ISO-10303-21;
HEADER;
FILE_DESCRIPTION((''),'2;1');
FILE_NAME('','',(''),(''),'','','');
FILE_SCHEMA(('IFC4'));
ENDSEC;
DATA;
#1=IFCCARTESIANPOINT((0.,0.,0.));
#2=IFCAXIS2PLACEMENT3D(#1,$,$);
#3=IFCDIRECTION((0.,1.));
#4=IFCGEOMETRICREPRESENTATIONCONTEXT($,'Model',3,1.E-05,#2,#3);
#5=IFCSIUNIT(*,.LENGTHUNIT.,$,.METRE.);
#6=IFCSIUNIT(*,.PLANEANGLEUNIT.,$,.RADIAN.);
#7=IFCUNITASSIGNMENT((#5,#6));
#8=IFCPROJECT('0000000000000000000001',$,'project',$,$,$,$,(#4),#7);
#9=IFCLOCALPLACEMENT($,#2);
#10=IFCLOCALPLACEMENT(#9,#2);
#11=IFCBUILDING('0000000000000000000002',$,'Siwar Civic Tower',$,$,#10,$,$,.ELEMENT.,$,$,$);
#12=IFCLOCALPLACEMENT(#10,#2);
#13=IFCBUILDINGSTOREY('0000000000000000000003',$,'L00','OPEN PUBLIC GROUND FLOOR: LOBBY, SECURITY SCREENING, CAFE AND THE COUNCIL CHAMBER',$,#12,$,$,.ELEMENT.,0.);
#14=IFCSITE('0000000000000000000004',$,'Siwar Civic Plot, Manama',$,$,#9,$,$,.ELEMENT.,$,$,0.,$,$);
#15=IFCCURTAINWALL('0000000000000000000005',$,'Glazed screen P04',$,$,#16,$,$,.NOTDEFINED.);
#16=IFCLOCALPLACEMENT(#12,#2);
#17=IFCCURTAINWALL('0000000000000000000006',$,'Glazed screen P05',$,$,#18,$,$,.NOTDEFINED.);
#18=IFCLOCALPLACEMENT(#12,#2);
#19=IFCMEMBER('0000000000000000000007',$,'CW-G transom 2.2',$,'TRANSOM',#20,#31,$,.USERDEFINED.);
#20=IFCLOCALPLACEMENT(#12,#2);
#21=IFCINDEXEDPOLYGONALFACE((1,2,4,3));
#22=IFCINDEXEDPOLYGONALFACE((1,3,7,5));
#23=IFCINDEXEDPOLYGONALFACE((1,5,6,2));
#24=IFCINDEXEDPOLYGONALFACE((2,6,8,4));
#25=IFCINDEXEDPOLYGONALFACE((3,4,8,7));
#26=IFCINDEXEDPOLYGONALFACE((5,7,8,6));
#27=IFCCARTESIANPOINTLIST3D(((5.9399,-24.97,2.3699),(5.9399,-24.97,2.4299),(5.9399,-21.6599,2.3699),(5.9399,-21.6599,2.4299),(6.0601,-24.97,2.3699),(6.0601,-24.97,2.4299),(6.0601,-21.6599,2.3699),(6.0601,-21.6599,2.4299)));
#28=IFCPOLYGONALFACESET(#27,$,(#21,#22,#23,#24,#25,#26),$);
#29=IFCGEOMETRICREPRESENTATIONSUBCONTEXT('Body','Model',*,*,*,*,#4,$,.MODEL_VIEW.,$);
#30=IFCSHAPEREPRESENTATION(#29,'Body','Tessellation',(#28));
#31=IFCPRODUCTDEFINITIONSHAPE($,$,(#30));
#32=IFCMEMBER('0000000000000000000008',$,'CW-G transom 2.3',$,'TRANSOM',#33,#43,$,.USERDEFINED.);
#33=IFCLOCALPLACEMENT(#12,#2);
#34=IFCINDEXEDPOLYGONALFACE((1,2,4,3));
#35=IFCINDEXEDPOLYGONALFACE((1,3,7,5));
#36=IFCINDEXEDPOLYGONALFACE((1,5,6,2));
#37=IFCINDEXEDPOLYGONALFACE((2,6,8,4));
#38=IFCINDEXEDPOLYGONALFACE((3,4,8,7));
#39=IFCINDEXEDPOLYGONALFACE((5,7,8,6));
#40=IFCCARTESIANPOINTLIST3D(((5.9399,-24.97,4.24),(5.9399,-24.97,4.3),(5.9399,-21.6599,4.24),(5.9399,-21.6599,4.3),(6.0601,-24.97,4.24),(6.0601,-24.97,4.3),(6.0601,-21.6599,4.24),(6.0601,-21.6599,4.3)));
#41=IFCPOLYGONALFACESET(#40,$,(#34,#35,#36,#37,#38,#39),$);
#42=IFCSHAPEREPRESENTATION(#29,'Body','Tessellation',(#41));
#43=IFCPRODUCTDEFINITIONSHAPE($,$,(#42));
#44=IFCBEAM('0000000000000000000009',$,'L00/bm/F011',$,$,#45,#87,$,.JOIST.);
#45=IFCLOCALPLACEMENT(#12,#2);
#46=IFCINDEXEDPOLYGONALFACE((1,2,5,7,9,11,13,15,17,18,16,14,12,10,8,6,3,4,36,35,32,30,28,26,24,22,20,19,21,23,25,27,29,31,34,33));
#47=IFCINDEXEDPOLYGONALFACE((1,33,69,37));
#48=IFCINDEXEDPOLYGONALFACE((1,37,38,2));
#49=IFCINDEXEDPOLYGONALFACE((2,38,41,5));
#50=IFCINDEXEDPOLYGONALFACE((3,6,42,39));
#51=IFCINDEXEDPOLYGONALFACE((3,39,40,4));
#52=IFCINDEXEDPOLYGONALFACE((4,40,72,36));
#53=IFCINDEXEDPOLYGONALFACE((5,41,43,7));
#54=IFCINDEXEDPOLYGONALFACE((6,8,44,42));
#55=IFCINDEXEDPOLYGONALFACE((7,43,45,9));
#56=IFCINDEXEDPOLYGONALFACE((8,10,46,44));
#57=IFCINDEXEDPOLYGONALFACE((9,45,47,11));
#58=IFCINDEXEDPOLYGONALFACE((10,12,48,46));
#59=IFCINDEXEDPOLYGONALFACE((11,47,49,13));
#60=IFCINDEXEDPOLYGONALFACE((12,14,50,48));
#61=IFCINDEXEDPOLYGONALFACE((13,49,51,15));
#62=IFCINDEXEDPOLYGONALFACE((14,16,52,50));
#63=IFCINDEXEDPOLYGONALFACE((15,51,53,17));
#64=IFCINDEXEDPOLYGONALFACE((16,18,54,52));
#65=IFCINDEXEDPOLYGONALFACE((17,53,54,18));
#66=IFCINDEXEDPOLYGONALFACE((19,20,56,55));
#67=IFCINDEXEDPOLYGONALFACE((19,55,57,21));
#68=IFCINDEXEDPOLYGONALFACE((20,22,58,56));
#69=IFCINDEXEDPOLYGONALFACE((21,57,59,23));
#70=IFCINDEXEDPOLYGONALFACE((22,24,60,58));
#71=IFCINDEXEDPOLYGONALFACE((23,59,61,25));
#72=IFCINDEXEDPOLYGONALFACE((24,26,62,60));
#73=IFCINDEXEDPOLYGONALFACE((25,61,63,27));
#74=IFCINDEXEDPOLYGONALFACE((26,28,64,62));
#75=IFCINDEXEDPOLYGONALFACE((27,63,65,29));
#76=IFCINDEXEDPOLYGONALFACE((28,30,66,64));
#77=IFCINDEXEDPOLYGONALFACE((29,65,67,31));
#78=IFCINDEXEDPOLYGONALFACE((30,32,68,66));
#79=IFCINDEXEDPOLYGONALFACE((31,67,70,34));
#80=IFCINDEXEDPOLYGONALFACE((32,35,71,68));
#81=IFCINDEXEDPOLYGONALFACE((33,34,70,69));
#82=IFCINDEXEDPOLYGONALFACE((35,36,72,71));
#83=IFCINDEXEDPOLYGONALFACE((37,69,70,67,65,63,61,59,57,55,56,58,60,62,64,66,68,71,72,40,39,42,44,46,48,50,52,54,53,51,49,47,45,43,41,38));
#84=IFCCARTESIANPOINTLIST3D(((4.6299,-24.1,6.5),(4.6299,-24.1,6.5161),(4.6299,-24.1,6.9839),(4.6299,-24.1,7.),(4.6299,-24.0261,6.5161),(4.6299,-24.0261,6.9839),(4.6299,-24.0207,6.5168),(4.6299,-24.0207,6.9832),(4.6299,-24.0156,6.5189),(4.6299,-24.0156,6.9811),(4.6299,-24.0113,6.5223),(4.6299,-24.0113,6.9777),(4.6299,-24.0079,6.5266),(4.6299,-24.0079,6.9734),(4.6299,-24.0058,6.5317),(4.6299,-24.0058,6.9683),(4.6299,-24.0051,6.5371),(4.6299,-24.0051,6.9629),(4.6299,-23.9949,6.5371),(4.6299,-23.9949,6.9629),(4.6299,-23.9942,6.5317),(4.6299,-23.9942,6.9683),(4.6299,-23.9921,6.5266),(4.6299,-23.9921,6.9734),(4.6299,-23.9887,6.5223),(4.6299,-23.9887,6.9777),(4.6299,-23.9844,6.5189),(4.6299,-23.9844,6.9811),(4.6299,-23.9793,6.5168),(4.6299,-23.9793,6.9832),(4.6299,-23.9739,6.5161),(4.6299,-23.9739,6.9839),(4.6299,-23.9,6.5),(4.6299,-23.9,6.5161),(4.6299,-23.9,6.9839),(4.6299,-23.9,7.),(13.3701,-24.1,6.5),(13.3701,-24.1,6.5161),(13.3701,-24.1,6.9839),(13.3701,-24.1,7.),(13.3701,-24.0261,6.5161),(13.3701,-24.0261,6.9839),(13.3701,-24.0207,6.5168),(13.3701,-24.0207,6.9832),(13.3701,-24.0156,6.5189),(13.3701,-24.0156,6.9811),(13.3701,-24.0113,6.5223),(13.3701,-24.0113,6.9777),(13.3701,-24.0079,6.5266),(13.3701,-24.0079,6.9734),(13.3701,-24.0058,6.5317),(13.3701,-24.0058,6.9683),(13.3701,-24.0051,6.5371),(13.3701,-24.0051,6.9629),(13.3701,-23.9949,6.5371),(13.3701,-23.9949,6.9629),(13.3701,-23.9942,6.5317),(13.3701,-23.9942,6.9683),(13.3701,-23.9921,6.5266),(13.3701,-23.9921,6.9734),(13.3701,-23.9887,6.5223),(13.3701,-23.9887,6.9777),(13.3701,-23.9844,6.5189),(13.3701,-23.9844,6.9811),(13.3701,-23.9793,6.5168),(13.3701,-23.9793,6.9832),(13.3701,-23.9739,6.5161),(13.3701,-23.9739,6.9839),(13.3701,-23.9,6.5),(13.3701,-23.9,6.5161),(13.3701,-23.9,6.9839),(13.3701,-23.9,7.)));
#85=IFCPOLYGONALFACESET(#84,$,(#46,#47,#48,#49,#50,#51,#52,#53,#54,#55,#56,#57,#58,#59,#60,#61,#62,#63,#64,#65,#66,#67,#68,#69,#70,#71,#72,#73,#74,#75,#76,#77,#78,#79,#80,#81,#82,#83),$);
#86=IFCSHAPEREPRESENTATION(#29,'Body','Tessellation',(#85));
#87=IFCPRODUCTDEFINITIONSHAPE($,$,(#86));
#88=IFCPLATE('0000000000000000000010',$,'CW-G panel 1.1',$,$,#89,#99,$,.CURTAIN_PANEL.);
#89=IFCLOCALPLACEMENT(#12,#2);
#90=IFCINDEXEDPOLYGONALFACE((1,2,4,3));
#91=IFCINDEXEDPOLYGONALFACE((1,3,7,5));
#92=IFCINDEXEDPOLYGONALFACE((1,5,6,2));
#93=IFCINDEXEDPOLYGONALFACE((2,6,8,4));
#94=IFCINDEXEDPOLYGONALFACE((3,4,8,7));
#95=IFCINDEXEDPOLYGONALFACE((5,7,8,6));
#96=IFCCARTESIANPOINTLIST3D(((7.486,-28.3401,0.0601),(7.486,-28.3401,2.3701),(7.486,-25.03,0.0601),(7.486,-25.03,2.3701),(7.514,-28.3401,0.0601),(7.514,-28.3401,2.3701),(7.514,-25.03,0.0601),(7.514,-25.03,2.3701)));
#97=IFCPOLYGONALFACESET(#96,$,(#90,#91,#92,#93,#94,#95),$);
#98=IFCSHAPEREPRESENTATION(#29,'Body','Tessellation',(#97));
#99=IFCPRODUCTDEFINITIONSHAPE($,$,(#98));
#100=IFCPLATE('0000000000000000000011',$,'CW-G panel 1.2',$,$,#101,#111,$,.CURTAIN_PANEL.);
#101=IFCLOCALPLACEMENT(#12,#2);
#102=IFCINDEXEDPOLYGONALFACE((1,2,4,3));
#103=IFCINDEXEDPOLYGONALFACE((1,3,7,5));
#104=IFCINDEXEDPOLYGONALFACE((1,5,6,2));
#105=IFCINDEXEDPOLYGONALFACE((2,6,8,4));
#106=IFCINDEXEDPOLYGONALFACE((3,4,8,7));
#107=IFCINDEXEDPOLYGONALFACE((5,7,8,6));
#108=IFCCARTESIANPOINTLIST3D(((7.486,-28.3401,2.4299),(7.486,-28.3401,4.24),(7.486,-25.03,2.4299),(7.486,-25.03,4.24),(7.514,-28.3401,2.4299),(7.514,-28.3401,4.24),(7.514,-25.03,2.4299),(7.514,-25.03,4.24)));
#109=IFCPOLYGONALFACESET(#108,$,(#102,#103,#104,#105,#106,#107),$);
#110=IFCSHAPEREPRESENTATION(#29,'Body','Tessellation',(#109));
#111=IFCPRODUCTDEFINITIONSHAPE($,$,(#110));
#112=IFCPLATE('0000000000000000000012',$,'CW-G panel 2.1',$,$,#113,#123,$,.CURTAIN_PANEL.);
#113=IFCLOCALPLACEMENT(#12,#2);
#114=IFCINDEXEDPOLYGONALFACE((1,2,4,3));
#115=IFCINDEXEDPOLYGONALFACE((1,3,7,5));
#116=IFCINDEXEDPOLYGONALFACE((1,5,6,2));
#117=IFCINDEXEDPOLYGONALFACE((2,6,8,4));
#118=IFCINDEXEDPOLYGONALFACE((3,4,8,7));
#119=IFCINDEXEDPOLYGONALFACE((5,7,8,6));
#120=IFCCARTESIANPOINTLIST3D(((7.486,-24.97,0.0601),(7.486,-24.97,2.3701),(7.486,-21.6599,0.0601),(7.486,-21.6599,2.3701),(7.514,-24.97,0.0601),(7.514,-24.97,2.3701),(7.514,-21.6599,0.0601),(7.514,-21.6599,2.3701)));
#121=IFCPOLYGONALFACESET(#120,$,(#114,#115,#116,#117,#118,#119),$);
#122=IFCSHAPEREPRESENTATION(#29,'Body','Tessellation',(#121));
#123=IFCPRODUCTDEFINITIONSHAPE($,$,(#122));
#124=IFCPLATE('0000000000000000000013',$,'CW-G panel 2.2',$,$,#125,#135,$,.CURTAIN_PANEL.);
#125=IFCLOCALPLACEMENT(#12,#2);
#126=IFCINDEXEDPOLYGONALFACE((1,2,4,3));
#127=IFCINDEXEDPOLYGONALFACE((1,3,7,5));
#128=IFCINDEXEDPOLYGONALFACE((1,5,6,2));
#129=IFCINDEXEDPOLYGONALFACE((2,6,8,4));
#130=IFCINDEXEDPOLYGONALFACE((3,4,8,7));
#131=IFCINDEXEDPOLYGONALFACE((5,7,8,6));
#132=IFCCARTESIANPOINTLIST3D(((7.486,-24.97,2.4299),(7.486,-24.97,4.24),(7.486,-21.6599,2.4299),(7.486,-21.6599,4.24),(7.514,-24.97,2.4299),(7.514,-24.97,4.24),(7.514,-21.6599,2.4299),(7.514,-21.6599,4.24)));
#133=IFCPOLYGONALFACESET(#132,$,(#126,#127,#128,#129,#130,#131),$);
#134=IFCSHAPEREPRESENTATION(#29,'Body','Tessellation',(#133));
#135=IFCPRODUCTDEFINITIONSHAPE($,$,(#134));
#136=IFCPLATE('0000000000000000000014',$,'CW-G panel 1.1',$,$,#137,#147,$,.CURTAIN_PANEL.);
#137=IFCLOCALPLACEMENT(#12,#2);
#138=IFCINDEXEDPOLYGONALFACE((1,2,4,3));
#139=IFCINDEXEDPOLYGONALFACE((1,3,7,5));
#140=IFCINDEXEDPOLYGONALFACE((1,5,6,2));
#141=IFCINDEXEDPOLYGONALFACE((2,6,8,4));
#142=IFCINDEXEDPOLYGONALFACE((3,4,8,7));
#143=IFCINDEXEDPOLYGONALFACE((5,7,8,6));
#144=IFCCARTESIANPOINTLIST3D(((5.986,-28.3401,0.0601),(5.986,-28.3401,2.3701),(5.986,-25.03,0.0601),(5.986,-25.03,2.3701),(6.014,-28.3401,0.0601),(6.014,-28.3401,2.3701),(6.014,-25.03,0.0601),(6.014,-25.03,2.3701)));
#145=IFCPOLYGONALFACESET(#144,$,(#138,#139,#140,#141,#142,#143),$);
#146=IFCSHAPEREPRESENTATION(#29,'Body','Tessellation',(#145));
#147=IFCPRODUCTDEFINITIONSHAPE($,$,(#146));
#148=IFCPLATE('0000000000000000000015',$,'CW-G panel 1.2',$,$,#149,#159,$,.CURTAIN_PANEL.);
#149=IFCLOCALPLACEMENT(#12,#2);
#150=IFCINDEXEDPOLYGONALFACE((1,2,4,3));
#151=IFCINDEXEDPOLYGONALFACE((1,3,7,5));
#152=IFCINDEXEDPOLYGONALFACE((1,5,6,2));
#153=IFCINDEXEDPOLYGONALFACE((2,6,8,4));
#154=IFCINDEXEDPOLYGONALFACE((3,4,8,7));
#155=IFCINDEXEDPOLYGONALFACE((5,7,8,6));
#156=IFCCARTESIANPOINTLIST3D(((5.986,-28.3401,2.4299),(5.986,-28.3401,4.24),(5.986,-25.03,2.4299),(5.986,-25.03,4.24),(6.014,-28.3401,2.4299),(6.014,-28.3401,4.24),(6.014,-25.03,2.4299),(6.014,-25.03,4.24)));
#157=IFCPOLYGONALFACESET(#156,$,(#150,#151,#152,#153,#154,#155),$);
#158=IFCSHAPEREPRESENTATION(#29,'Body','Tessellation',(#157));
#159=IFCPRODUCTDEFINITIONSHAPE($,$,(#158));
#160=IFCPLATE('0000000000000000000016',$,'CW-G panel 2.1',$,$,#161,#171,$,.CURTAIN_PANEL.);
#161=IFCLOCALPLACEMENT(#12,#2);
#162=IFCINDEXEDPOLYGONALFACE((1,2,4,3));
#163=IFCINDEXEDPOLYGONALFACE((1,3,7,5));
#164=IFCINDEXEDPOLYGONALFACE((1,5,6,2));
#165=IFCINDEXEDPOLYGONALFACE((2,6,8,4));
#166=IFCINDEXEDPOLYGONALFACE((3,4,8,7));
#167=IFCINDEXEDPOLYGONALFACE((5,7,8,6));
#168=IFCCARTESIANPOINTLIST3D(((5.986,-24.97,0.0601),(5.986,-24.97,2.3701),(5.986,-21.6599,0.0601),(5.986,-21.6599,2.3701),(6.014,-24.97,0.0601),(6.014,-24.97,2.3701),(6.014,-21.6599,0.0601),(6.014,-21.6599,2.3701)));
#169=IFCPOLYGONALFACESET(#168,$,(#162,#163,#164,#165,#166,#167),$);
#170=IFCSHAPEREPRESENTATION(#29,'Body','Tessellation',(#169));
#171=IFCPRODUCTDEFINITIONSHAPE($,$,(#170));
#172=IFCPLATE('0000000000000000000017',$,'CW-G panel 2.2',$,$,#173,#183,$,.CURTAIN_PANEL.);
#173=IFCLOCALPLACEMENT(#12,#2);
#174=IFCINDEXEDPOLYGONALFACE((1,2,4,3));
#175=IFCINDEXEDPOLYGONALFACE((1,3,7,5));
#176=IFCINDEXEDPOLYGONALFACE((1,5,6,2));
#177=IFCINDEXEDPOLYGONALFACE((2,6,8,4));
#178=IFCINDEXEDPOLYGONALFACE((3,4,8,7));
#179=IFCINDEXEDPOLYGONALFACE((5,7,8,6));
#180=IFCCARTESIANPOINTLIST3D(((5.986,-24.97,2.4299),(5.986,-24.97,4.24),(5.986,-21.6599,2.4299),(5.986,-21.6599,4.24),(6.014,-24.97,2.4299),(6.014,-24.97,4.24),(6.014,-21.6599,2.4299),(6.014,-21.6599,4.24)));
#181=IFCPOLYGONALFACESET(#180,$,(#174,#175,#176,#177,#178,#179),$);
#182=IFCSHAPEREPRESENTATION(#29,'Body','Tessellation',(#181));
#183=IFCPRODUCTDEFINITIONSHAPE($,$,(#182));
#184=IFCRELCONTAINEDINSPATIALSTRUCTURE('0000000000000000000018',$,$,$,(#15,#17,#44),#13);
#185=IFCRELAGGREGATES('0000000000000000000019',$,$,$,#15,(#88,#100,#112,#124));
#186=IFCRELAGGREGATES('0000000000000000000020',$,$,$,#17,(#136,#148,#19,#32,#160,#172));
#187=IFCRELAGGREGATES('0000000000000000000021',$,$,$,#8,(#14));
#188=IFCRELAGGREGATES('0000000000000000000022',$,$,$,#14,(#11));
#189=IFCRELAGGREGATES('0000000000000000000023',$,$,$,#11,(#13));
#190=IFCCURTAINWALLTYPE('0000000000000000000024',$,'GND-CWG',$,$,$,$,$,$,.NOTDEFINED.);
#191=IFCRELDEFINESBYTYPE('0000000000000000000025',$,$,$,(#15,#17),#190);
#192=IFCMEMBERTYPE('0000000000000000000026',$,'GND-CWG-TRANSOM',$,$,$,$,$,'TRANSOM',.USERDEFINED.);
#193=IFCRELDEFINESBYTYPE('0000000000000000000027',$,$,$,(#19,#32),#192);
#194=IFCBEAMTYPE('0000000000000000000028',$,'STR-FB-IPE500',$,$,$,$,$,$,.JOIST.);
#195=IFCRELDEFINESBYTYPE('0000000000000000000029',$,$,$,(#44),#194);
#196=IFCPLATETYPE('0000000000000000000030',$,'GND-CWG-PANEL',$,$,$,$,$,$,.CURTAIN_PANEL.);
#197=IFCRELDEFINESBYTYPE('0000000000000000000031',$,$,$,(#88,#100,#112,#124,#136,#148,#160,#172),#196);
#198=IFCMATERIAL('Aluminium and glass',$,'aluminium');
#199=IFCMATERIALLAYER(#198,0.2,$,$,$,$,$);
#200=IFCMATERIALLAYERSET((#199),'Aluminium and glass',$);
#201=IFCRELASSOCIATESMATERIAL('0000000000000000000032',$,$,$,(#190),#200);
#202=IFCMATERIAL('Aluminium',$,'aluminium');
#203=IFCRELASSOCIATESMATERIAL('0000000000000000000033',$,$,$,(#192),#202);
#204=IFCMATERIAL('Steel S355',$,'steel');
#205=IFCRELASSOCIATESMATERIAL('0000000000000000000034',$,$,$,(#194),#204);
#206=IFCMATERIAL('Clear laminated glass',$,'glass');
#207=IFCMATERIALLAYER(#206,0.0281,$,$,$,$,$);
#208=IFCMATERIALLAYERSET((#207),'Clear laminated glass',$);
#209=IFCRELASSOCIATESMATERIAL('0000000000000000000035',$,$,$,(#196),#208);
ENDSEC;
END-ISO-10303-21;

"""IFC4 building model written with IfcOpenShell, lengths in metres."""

from ifc_helpers import new_model, si_unit, direction, frame, origin, origin_2d, place, context, subcontext, project, spatial, rectangle, i_section, extrude, material, layer, layer_set, material_profile, profile_set, type_object, element, aggregate, save


model = new_model("IFC4")

# Units and contexts
model_context = context("Model", 3, precision=1e-05, world=origin(), true_north=direction((0.0, 1.0)))
body_context = subcontext(model_context, "Body", "Model", "MODEL_VIEW")
ifc_project = project(units=[si_unit("LENGTHUNIT", "METRE"), si_unit("PLANEANGLEUNIT", "RADIAN")], contexts=[model_context])

# Site, building, storey
site_placement = place(None, origin())
site = spatial("IfcSite", under=ifc_project, at=site_placement, Name="Siwar Civic Plot, Manama", CompositionType="ELEMENT", RefElevation=0.0)
building_placement = place(site_placement, origin())
building = spatial("IfcBuilding", under=site, at=building_placement, Name="Siwar Civic Tower", CompositionType="ELEMENT")
storey_placement = place(building_placement, origin())
storey = spatial("IfcBuildingStorey", under=building, at=storey_placement, Name="L00", Description="OPEN PUBLIC GROUND FLOOR: LOBBY, SECURITY SCREENING, CAFE AND THE COUNCIL CHAMBER", CompositionType="ELEMENT", Elevation=0.0)

# Curtain walls
ifc_material_1 = material(Name="Aluminium and glass", Category="aluminium")
ifc_layer_1 = layer(ifc_material_1, 0.2)
ifc_layer_set_1 = layer_set([ifc_layer_1], Name="Aluminium and glass")
curtain_wall_type = type_object("IfcCurtainWallType", Name="GND-CWG", PredefinedType="NOTDEFINED", material=ifc_layer_set_1)
curtain_wall_1_placement = place(storey_placement, origin())
curtain_wall_1 = element("IfcCurtainWall", 1, at=curtain_wall_1_placement, inside=storey, type_object=curtain_wall_type, Name="Glazed screen P04", PredefinedType="NOTDEFINED")
curtain_wall_2_placement = place(storey_placement, origin())
curtain_wall_2 = element("IfcCurtainWall", 2, at=curtain_wall_2_placement, inside=storey, type_object=curtain_wall_type, Name="Glazed screen P05", PredefinedType="NOTDEFINED")

# Shared definitions
ifc_material_2 = material(Name="Aluminium", Category="aluminium")
ifc_material_profile_1 = material_profile(ifc_material_2, rectangle(XDim=0.1201, YDim=0.0601, at=origin_2d()), Name="AL 120x60")
ifc_profile_set_1 = profile_set([ifc_material_profile_1], Name="Aluminium")
member_type_1 = type_object("IfcMemberType", Name="GND-CWG-TRANSOM", ElementType="TRANSOM", PredefinedType="USERDEFINED", material=ifc_profile_set_1)

# Members
member_1_placement = place(storey_placement, frame((6.0, -24.97, 2.3999), z_axis=(0.0, 1.0, 0.0), x_axis=(-1.0, 0.0, 0.0)))
member_1 = element("IfcMember", 3, at=member_1_placement, type_object=member_type_1, Name="CW-G transom 2.2", ObjectType="TRANSOM", PredefinedType="USERDEFINED", context=body_context, shape_type="SweptSolid", body=[
    extrude(rectangle(XDim=0.1201, YDim=0.0601, at=origin_2d()), origin(), (0.0, 0.0, 1.0), 3.3101),
])
member_2_placement = place(storey_placement, frame((6.0, -24.97, 4.27), z_axis=(0.0, 1.0, 0.0), x_axis=(-1.0, 0.0, 0.0)))
member_2 = element("IfcMember", 4, at=member_2_placement, type_object=member_type_1, Name="CW-G transom 2.3", ObjectType="TRANSOM", PredefinedType="USERDEFINED", context=body_context, shape_type="SweptSolid", body=[
    extrude(rectangle(XDim=0.1201, YDim=0.0601, at=origin_2d()), origin(), (0.0, 0.0, 1.0), 3.3101),
])

# Beam
ifc_material_3 = material(Name="Steel S355", Category="steel")
ifc_material_profile_2 = material_profile(ifc_material_3, i_section(OverallWidth=0.2, OverallDepth=0.5, WebThickness=0.0103, FlangeThickness=0.0161, FilletRadius=0.021, at=origin_2d()), Name="IPE500")
ifc_profile_set_2 = profile_set([ifc_material_profile_2], Name="Steel S355")
beam_type = type_object("IfcBeamType", Name="STR-FB-IPE500", PredefinedType="JOIST", material=ifc_profile_set_2)
beam_placement = place(storey_placement, frame((4.6299, -24.0, 6.75), z_axis=(1.0, 0.0, 0.0), x_axis=(0.0, 1.0, 0.0)))
element("IfcBeam", 5, at=beam_placement, inside=storey, type_object=beam_type, Name="L00/bm/F011", PredefinedType="JOIST", context=body_context, shape_type="SweptSolid", body=[
    extrude(i_section(OverallWidth=0.2, OverallDepth=0.5, WebThickness=0.0103, FlangeThickness=0.0161, FilletRadius=0.021, at=origin_2d()), origin(), (0.0, 0.0, 1.0), 8.7402),
])

# Plates
ifc_material_4 = material(Name="Clear laminated glass", Category="glass")
ifc_layer_2 = layer(ifc_material_4, 0.0281)
ifc_layer_set_2 = layer_set([ifc_layer_2], Name="Clear laminated glass")
plate_type = type_object("IfcPlateType", Name="GND-CWG-PANEL", PredefinedType="CURTAIN_PANEL", material=ifc_layer_set_2)
plate_1_placement = place(storey_placement, frame((7.5, -26.6851, 0.0601), z_axis=(0.0, 0.0, 1.0), x_axis=(0.0, 1.0, 0.0)))
plate_1 = element("IfcPlate", 6, at=plate_1_placement, type_object=plate_type, Name="CW-G panel 1.1", PredefinedType="CURTAIN_PANEL", context=body_context, shape_type="SweptSolid", body=[
    extrude(rectangle(XDim=3.3101, YDim=0.0281, at=origin_2d()), origin(), (0.0, 0.0, 1.0), 2.3101),
])
plate_2_placement = place(storey_placement, frame((7.5, -26.6851, 2.4299), z_axis=(0.0, 0.0, 1.0), x_axis=(0.0, 1.0, 0.0)))
plate_2 = element("IfcPlate", 7, at=plate_2_placement, type_object=plate_type, Name="CW-G panel 1.2", PredefinedType="CURTAIN_PANEL", context=body_context, shape_type="SweptSolid", body=[
    extrude(rectangle(XDim=3.3101, YDim=0.0281, at=origin_2d()), origin(), (0.0, 0.0, 1.0), 1.8101),
])
plate_3_placement = place(storey_placement, frame((7.5, -23.3149, 0.0601), z_axis=(0.0, 0.0, 1.0), x_axis=(0.0, 1.0, 0.0)))
plate_3 = element("IfcPlate", 8, at=plate_3_placement, type_object=plate_type, Name="CW-G panel 2.1", PredefinedType="CURTAIN_PANEL", context=body_context, shape_type="SweptSolid", body=[
    extrude(rectangle(XDim=3.3101, YDim=0.0281, at=origin_2d()), origin(), (0.0, 0.0, 1.0), 2.3101),
])
plate_4_placement = place(storey_placement, frame((7.5, -23.3149, 2.4299), z_axis=(0.0, 0.0, 1.0), x_axis=(0.0, 1.0, 0.0)))
plate_4 = element("IfcPlate", 9, at=plate_4_placement, type_object=plate_type, Name="CW-G panel 2.2", PredefinedType="CURTAIN_PANEL", context=body_context, shape_type="SweptSolid", body=[
    extrude(rectangle(XDim=3.3101, YDim=0.0281, at=origin_2d()), origin(), (0.0, 0.0, 1.0), 1.8101),
])
aggregate(curtain_wall_1, [plate_1, plate_2, plate_3, plate_4])
plate_5_placement = place(storey_placement, frame((6.0, -26.6851, 0.0601), z_axis=(0.0, 0.0, 1.0), x_axis=(0.0, 1.0, 0.0)))
plate_5 = element("IfcPlate", 10, at=plate_5_placement, type_object=plate_type, Name="CW-G panel 1.1", PredefinedType="CURTAIN_PANEL", context=body_context, shape_type="SweptSolid", body=[
    extrude(rectangle(XDim=3.3101, YDim=0.0281, at=origin_2d()), origin(), (0.0, 0.0, 1.0), 2.3101),
])
plate_6_placement = place(storey_placement, frame((6.0, -26.6851, 2.4299), z_axis=(0.0, 0.0, 1.0), x_axis=(0.0, 1.0, 0.0)))
plate_6 = element("IfcPlate", 11, at=plate_6_placement, type_object=plate_type, Name="CW-G panel 1.2", PredefinedType="CURTAIN_PANEL", context=body_context, shape_type="SweptSolid", body=[
    extrude(rectangle(XDim=3.3101, YDim=0.0281, at=origin_2d()), origin(), (0.0, 0.0, 1.0), 1.8101),
])
plate_7_placement = place(storey_placement, frame((6.0, -23.3149, 0.0601), z_axis=(0.0, 0.0, 1.0), x_axis=(0.0, 1.0, 0.0)))
plate_7 = element("IfcPlate", 12, at=plate_7_placement, type_object=plate_type, Name="CW-G panel 2.1", PredefinedType="CURTAIN_PANEL", context=body_context, shape_type="SweptSolid", body=[
    extrude(rectangle(XDim=3.3101, YDim=0.0281, at=origin_2d()), origin(), (0.0, 0.0, 1.0), 2.3101),
])
plate_8_placement = place(storey_placement, frame((6.0, -23.3149, 2.4299), z_axis=(0.0, 0.0, 1.0), x_axis=(0.0, 1.0, 0.0)))
plate_8 = element("IfcPlate", 13, at=plate_8_placement, type_object=plate_type, Name="CW-G panel 2.2", PredefinedType="CURTAIN_PANEL", context=body_context, shape_type="SweptSolid", body=[
    extrude(rectangle(XDim=3.3101, YDim=0.0281, at=origin_2d()), origin(), (0.0, 0.0, 1.0), 1.8101),
])
aggregate(curtain_wall_2, [plate_5, plate_6, member_1, member_2, plate_7, plate_8])

save(model, "model.ifc")
